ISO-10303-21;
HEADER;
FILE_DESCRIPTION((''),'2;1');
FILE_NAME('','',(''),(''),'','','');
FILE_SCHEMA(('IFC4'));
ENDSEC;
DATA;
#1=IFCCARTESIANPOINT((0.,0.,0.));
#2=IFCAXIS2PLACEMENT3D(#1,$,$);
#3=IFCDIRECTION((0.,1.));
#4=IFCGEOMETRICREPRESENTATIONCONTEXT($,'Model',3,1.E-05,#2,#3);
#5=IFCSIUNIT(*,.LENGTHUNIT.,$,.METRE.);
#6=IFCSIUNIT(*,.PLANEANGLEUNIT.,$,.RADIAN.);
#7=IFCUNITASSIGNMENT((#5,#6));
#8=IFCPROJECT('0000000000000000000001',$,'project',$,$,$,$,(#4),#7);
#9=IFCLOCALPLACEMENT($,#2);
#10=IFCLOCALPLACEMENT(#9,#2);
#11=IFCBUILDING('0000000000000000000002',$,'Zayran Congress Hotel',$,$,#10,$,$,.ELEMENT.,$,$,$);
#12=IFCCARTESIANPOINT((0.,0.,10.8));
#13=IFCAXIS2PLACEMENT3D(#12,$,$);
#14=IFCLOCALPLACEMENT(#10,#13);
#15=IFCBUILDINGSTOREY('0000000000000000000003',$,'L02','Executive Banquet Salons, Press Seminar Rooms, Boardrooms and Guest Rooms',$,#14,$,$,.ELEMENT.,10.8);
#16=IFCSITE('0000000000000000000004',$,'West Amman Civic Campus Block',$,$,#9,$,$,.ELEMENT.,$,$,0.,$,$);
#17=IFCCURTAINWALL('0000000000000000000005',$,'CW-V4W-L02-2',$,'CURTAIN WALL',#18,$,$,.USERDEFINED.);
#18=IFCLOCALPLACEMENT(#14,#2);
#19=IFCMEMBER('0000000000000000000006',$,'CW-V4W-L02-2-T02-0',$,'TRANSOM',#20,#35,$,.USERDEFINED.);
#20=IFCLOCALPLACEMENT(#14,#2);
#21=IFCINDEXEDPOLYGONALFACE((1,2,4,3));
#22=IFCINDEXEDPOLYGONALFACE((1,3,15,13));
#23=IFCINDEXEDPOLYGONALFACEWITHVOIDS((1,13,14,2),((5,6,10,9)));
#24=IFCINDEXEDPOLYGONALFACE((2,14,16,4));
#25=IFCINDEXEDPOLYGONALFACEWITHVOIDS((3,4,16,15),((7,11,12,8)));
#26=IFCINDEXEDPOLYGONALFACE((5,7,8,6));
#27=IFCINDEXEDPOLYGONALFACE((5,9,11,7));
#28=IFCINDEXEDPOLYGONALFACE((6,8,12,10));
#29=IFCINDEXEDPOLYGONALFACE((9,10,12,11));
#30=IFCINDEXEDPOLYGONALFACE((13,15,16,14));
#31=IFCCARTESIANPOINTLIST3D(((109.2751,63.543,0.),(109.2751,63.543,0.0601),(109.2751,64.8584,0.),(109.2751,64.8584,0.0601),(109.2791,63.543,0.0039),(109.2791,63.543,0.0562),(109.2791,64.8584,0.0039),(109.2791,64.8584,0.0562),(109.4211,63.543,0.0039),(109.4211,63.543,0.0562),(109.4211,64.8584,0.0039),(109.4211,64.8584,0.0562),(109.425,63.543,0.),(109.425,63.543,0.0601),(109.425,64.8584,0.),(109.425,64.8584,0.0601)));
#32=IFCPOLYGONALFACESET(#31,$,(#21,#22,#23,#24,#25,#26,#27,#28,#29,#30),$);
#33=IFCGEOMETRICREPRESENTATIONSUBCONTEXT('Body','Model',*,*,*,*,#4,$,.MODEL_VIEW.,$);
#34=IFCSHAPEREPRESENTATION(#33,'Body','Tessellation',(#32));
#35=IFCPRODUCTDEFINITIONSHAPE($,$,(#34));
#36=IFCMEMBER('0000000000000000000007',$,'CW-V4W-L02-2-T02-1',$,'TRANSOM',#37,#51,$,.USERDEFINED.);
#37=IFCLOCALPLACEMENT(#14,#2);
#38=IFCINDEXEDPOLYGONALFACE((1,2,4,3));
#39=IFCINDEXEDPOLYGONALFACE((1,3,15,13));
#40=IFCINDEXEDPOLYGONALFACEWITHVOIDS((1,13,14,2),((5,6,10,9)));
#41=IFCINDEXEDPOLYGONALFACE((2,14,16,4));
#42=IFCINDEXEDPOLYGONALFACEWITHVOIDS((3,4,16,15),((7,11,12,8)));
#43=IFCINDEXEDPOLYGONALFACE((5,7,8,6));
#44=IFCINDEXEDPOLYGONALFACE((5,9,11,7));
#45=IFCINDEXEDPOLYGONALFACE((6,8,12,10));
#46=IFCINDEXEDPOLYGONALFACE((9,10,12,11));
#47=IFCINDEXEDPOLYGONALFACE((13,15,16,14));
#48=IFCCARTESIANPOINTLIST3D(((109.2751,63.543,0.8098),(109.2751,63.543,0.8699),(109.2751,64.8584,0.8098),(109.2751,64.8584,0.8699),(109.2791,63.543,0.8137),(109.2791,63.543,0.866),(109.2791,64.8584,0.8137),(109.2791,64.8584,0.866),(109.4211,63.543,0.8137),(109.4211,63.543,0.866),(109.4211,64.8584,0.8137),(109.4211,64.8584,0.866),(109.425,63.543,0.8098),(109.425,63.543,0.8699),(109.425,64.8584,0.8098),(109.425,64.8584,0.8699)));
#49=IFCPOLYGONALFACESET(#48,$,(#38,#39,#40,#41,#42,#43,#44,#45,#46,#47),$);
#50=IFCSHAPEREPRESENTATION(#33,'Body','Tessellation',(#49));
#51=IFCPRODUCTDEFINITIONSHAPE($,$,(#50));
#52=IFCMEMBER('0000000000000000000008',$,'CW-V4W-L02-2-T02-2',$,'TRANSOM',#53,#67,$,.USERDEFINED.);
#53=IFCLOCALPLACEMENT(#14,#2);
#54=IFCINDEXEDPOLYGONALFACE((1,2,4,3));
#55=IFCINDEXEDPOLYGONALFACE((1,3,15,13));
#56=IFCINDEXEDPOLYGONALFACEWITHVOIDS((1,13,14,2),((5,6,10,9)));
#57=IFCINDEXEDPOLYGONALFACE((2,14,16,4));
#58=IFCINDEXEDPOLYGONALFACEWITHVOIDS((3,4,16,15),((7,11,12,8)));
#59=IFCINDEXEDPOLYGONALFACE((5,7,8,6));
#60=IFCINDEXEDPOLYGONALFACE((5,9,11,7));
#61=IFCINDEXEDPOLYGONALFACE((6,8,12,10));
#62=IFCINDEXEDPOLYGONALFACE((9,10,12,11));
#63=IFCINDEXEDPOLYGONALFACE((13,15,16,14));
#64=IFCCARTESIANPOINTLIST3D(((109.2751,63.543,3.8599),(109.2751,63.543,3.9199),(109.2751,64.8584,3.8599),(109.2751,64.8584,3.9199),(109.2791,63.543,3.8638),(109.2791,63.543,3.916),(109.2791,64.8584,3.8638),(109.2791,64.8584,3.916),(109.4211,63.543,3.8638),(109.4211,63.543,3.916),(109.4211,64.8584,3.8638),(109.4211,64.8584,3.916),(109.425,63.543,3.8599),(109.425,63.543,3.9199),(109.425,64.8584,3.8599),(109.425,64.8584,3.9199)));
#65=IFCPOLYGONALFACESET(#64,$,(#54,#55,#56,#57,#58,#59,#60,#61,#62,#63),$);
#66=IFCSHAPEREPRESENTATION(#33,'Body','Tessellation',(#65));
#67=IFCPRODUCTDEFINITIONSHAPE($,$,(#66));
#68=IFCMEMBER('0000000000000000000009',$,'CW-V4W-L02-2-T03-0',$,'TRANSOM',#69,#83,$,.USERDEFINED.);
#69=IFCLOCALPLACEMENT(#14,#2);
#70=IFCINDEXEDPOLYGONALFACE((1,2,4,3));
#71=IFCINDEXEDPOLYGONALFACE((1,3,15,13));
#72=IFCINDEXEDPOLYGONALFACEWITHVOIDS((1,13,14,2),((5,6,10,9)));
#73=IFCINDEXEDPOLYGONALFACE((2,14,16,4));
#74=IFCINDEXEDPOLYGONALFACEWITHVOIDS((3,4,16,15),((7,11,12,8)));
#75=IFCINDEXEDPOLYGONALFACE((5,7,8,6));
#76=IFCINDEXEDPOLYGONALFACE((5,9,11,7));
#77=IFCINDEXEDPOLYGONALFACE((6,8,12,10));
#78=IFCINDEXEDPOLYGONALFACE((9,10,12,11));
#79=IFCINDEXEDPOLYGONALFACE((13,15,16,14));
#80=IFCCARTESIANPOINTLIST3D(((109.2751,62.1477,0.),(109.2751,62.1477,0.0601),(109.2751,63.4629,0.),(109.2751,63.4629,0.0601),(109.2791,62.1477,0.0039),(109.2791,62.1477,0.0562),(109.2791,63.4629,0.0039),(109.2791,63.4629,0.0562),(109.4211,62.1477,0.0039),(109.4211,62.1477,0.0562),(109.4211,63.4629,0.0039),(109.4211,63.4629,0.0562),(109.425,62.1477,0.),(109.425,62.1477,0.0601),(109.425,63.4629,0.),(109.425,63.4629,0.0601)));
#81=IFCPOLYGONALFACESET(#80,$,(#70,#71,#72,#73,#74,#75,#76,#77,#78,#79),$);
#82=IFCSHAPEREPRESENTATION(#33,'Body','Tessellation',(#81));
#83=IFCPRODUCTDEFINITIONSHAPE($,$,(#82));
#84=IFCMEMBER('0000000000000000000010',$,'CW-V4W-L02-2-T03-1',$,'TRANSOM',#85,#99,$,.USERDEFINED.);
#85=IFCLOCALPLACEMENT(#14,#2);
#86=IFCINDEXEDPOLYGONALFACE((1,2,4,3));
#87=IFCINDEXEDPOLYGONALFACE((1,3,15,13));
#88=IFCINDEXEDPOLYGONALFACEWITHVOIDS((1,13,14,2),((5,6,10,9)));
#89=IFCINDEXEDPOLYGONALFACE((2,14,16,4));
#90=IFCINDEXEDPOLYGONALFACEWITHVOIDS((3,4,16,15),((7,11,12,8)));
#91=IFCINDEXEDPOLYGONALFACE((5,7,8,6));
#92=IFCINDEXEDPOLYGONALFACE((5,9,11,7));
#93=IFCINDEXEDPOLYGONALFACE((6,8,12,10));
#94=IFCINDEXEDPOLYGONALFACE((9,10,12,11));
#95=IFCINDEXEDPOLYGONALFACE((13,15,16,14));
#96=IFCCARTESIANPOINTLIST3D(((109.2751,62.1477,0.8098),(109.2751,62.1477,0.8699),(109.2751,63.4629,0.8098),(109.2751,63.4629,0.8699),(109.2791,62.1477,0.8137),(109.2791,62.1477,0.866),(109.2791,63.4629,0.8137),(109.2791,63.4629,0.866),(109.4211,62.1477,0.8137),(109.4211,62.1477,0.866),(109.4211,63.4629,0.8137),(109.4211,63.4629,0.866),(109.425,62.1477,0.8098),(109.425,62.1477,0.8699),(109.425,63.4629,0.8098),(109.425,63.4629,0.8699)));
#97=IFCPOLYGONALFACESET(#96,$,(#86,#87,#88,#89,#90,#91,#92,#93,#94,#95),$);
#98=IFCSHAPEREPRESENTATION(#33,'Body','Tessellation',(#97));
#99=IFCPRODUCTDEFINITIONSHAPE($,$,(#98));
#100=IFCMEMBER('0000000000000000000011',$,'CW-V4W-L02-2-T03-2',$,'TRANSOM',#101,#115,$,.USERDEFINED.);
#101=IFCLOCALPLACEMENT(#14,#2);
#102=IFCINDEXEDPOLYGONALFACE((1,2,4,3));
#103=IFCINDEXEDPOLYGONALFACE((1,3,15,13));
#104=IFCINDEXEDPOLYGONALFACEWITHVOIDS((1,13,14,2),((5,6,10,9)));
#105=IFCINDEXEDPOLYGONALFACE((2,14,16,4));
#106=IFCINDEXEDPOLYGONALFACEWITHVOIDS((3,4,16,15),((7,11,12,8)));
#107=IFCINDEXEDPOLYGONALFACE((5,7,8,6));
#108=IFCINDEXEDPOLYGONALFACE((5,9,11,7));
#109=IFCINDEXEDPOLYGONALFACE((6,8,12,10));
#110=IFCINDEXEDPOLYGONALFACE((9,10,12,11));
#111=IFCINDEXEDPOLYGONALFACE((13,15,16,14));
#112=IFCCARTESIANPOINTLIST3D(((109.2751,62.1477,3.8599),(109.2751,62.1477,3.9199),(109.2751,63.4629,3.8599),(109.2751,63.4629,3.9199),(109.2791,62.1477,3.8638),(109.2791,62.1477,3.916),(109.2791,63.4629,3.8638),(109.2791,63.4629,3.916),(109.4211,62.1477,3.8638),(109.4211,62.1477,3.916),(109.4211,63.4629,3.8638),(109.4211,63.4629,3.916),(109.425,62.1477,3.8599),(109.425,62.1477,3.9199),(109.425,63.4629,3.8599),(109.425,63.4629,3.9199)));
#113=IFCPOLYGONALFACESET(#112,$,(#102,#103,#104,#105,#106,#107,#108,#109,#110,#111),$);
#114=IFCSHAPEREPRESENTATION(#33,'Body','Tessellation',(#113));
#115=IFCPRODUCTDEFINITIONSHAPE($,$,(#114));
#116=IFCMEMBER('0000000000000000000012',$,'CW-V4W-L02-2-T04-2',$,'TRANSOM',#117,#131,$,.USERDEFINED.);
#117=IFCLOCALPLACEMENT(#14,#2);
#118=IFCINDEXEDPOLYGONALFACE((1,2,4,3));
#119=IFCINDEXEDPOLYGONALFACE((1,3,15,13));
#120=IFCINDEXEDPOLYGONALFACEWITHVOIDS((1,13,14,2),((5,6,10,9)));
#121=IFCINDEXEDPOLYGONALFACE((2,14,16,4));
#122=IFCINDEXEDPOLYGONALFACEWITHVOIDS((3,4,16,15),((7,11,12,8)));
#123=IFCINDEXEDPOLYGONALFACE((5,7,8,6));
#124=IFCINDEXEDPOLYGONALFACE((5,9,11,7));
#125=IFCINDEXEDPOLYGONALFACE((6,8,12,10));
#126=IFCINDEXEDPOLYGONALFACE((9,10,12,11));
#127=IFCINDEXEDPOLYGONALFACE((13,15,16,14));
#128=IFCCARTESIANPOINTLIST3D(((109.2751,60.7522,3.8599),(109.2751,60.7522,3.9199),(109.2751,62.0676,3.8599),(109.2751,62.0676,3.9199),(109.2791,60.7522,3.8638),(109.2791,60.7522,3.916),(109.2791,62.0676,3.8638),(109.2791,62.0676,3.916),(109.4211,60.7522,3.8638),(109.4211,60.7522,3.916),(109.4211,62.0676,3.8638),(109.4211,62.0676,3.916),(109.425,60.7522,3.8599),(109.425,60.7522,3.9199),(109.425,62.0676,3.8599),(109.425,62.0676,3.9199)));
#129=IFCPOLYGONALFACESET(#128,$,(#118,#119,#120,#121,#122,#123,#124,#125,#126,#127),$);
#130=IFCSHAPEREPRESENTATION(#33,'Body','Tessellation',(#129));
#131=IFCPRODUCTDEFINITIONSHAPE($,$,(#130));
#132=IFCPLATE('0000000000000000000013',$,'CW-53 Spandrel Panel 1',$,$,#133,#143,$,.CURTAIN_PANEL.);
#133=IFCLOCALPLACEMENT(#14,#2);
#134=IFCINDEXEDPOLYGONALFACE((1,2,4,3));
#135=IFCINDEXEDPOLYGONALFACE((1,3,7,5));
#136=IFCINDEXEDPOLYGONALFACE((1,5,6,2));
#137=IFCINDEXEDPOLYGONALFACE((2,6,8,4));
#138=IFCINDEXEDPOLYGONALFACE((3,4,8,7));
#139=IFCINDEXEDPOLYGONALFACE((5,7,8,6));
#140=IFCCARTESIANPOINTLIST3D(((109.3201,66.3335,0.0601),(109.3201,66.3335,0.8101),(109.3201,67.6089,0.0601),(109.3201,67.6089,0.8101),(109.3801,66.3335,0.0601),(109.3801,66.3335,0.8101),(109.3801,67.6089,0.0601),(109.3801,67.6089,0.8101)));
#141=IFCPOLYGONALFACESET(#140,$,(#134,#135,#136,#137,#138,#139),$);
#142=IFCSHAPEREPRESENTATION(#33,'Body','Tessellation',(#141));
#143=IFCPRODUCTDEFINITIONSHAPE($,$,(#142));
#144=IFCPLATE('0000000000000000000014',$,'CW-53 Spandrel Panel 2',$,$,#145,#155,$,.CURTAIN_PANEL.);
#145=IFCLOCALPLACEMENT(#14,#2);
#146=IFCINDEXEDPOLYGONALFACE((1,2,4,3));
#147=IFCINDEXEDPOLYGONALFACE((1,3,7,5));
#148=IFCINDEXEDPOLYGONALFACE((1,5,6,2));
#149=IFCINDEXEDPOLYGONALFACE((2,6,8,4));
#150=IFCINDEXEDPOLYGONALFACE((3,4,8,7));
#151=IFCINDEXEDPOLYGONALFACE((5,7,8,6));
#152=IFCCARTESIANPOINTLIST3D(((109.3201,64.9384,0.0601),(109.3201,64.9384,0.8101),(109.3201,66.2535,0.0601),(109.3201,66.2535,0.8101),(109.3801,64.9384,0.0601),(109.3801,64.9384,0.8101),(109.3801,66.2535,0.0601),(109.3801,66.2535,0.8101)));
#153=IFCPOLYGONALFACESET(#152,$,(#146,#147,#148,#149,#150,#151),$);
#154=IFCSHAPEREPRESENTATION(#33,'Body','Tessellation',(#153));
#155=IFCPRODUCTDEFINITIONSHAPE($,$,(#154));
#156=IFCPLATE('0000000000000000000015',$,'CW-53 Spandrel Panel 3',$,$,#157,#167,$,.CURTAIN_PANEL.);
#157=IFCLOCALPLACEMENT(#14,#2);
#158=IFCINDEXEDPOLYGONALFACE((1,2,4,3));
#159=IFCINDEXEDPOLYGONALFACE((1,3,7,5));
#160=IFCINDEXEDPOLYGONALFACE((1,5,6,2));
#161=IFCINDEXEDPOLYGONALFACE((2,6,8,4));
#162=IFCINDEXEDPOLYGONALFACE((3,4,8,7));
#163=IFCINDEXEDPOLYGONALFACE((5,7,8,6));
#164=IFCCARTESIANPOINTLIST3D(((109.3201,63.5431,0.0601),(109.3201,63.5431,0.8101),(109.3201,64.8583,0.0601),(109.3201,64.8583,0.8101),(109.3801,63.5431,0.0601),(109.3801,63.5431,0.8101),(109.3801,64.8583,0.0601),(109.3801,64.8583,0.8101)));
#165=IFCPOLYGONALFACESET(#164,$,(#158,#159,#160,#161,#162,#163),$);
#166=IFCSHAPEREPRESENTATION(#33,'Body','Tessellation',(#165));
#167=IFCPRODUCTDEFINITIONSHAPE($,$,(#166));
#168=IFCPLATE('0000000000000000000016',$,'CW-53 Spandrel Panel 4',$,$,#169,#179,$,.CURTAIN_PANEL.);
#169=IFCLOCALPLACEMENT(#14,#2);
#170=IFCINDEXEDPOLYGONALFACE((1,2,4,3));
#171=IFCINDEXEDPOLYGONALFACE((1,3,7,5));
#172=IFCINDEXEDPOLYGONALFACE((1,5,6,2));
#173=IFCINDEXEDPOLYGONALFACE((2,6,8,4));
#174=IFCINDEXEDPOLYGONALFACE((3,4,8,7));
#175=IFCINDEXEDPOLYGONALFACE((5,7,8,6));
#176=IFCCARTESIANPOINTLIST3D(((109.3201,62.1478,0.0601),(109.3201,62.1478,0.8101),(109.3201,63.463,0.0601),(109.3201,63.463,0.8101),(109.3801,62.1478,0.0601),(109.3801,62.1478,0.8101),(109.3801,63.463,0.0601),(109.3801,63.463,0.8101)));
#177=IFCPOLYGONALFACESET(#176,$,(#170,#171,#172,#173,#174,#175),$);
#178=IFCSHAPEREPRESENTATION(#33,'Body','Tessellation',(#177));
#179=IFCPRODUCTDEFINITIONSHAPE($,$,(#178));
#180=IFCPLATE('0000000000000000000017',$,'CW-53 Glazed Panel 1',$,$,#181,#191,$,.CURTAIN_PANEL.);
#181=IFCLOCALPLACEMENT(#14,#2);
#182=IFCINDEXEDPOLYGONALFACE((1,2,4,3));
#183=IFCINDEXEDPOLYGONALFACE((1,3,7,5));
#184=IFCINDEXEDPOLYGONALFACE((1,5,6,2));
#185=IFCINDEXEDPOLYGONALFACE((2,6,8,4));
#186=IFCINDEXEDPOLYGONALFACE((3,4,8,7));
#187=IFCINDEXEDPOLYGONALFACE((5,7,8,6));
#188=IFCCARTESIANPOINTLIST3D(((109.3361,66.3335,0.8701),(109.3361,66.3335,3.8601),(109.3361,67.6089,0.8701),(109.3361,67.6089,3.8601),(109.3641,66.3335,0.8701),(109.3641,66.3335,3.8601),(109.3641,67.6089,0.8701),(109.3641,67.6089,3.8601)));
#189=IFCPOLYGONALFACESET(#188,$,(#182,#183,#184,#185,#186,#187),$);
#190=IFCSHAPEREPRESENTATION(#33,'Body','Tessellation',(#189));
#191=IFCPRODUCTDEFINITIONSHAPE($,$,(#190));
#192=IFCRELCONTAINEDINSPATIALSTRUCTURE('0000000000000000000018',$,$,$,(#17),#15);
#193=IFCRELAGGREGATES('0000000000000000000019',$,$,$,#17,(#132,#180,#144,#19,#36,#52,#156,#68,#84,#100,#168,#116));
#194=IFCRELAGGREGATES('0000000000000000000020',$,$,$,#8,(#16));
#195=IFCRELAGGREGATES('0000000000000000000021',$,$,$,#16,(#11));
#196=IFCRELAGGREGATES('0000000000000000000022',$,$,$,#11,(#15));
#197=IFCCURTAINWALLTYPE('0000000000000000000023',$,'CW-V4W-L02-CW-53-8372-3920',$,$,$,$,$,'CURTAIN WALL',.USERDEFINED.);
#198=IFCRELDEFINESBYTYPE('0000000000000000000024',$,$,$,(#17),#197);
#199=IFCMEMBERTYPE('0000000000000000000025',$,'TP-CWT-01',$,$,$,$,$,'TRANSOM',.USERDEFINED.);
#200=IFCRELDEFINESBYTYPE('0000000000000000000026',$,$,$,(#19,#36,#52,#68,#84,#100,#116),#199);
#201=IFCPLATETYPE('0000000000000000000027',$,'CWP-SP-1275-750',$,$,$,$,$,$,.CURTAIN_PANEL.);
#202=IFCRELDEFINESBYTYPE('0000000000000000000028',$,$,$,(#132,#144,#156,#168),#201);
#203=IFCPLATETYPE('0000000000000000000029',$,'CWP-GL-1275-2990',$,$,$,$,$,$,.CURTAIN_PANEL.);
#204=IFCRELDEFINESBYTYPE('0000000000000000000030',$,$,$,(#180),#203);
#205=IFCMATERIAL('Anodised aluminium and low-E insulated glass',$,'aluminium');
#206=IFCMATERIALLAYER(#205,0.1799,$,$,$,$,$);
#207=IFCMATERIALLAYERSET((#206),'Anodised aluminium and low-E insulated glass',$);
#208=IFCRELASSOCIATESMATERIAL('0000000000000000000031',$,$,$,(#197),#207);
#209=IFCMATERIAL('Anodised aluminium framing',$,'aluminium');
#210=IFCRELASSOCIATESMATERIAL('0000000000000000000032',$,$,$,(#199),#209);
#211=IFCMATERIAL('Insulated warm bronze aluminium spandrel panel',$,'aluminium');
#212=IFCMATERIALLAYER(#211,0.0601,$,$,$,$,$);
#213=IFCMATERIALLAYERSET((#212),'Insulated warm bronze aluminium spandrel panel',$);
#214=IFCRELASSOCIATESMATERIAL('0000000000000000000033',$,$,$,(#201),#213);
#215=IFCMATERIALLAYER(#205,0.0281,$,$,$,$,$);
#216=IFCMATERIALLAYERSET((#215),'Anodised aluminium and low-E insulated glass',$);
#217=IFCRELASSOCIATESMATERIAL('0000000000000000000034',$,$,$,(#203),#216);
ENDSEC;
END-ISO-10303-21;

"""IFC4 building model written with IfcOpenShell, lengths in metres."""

from ifc_helpers import new_model, si_unit, direction, frame, origin, origin_2d, place, context, subcontext, project, spatial, rectangle, hollow_rectangle, extrude, material, layer, layer_set, material_profile, profile_set, type_object, element, aggregate, save


model = new_model("IFC4")

# Units and contexts
model_context = context("Model", 3, precision=1e-05, world=origin(), true_north=direction((0.0, 1.0)))
body_context = subcontext(model_context, "Body", "Model", "MODEL_VIEW")
ifc_project = project(units=[si_unit("LENGTHUNIT", "METRE"), si_unit("PLANEANGLEUNIT", "RADIAN")], contexts=[model_context])

# Site, building, storey
site_placement = place(None, origin())
site = spatial("IfcSite", under=ifc_project, at=site_placement, Name="West Amman Civic Campus Block", CompositionType="ELEMENT", RefElevation=0.0)
building_placement = place(site_placement, origin())
building = spatial("IfcBuilding", under=site, at=building_placement, Name="Zayran Congress Hotel", CompositionType="ELEMENT")
storey_placement = place(building_placement, frame((0.0, 0.0, 10.8)))
storey = spatial("IfcBuildingStorey", under=building, at=storey_placement, Name="L02", Description="Executive Banquet Salons, Press Seminar Rooms, Boardrooms and Guest Rooms", CompositionType="ELEMENT", Elevation=10.8)

# Curtain wall, members, plates
ifc_material_1 = material(Name="Anodised aluminium and low-E insulated glass", Category="aluminium")
ifc_layer_1 = layer(ifc_material_1, 0.1799)
ifc_layer_set_1 = layer_set([ifc_layer_1], Name="Anodised aluminium and low-E insulated glass")
curtain_wall_type = type_object("IfcCurtainWallType", Name="CW-V4W-L02-CW-53-8372-3920", ElementType="CURTAIN WALL", PredefinedType="USERDEFINED", material=ifc_layer_set_1)
curtain_wall_placement = place(storey_placement, origin())
curtain_wall = element("IfcCurtainWall", 1, at=curtain_wall_placement, inside=storey, type_object=curtain_wall_type, Name="CW-V4W-L02-2", ObjectType="CURTAIN WALL", PredefinedType="USERDEFINED")
ifc_material_2 = material(Name="Anodised aluminium framing", Category="aluminium")
ifc_material_profile_1 = material_profile(ifc_material_2, hollow_rectangle(XDim=0.0601, YDim=0.1499, WallThickness=0.0039, at=origin_2d()), Name="RHS 150x60x4")
ifc_profile_set_1 = profile_set([ifc_material_profile_1], Name="Anodised aluminium framing")
member_type_1 = type_object("IfcMemberType", Name="TP-CWT-01", ElementType="TRANSOM", PredefinedType="USERDEFINED", material=ifc_profile_set_1)
member_1_placement = place(storey_placement, frame((109.3501, 64.8584, 0.03), z_axis=(0.0, -1.0, 0.0), x_axis=(0.0, 0.0, 1.0)))
member_1 = element("IfcMember", 2, at=member_1_placement, type_object=member_type_1, Name="CW-V4W-L02-2-T02-0", ObjectType="TRANSOM", PredefinedType="USERDEFINED", context=body_context, shape_type="SweptSolid", body=[
    extrude(hollow_rectangle(XDim=0.0601, YDim=0.1499, WallThickness=0.0039, at=origin_2d()), origin(), (0.0, 0.0, 1.0), 1.3154),
])
member_2_placement = place(storey_placement, frame((109.3501, 64.8584, 0.8398), z_axis=(0.0, -1.0, 0.0), x_axis=(0.0, 0.0, 1.0)))
member_2 = element("IfcMember", 3, at=member_2_placement, type_object=member_type_1, Name="CW-V4W-L02-2-T02-1", ObjectType="TRANSOM", PredefinedType="USERDEFINED", context=body_context, shape_type="SweptSolid", body=[
    extrude(hollow_rectangle(XDim=0.0601, YDim=0.1499, WallThickness=0.0039, at=origin_2d()), origin(), (0.0, 0.0, 1.0), 1.3154),
])
member_3_placement = place(storey_placement, frame((109.3501, 64.8584, 3.8899), z_axis=(0.0, -1.0, 0.0), x_axis=(0.0, 0.0, 1.0)))
member_3 = element("IfcMember", 4, at=member_3_placement, type_object=member_type_1, Name="CW-V4W-L02-2-T02-2", ObjectType="TRANSOM", PredefinedType="USERDEFINED", context=body_context, shape_type="SweptSolid", body=[
    extrude(hollow_rectangle(XDim=0.0601, YDim=0.1499, WallThickness=0.0039, at=origin_2d()), origin(), (0.0, 0.0, 1.0), 1.3154),
])
member_4_placement = place(storey_placement, frame((109.3501, 63.4629, 0.03), z_axis=(0.0, -1.0, 0.0), x_axis=(0.0, 0.0, 1.0)))
member_4 = element("IfcMember", 5, at=member_4_placement, type_object=member_type_1, Name="CW-V4W-L02-2-T03-0", ObjectType="TRANSOM", PredefinedType="USERDEFINED", context=body_context, shape_type="SweptSolid", body=[
    extrude(hollow_rectangle(XDim=0.0601, YDim=0.1499, WallThickness=0.0039, at=origin_2d()), origin(), (0.0, 0.0, 1.0), 1.3152),
])
member_5_placement = place(storey_placement, frame((109.3501, 63.4629, 0.8398), z_axis=(0.0, -1.0, 0.0), x_axis=(0.0, 0.0, 1.0)))
member_5 = element("IfcMember", 6, at=member_5_placement, type_object=member_type_1, Name="CW-V4W-L02-2-T03-1", ObjectType="TRANSOM", PredefinedType="USERDEFINED", context=body_context, shape_type="SweptSolid", body=[
    extrude(hollow_rectangle(XDim=0.0601, YDim=0.1499, WallThickness=0.0039, at=origin_2d()), origin(), (0.0, 0.0, 1.0), 1.3152),
])
member_6_placement = place(storey_placement, frame((109.3501, 63.4629, 3.8899), z_axis=(0.0, -1.0, 0.0), x_axis=(0.0, 0.0, 1.0)))
member_6 = element("IfcMember", 7, at=member_6_placement, type_object=member_type_1, Name="CW-V4W-L02-2-T03-2", ObjectType="TRANSOM", PredefinedType="USERDEFINED", context=body_context, shape_type="SweptSolid", body=[
    extrude(hollow_rectangle(XDim=0.0601, YDim=0.1499, WallThickness=0.0039, at=origin_2d()), origin(), (0.0, 0.0, 1.0), 1.3152),
])
member_7_placement = place(storey_placement, frame((109.3501, 62.0676, 3.8899), z_axis=(0.0, -1.0, 0.0), x_axis=(0.0, 0.0, 1.0)))
member_7 = element("IfcMember", 8, at=member_7_placement, type_object=member_type_1, Name="CW-V4W-L02-2-T04-2", ObjectType="TRANSOM", PredefinedType="USERDEFINED", context=body_context, shape_type="SweptSolid", body=[
    extrude(hollow_rectangle(XDim=0.0601, YDim=0.1499, WallThickness=0.0039, at=origin_2d()), origin(), (0.0, 0.0, 1.0), 1.3154),
])
ifc_material_3 = material(Name="Insulated warm bronze aluminium spandrel panel", Category="aluminium")
ifc_layer_2 = layer(ifc_material_3, 0.0601)
ifc_layer_set_2 = layer_set([ifc_layer_2], Name="Insulated warm bronze aluminium spandrel panel")
plate_type_1 = type_object("IfcPlateType", Name="CWP-SP-1275-750", PredefinedType="CURTAIN_PANEL", material=ifc_layer_set_2)
plate_1_placement = place(storey_placement, frame((109.3501, 66.9712, 0.0601), z_axis=(0.0, 0.0, 1.0), x_axis=(0.0, 1.0, 0.0)))
plate_1 = element("IfcPlate", 9, at=plate_1_placement, type_object=plate_type_1, Name="CW-53 Spandrel Panel 1", PredefinedType="CURTAIN_PANEL", context=body_context, shape_type="SweptSolid", body=[
    extrude(rectangle(XDim=1.2754, YDim=0.0601, at=origin_2d()), origin(), (0.0, 0.0, 1.0), 0.75),
])
plate_2_placement = place(storey_placement, frame((109.3501, 65.5959, 0.0601), z_axis=(0.0, 0.0, 1.0), x_axis=(0.0, 1.0, 0.0)))
plate_2 = element("IfcPlate", 10, at=plate_2_placement, type_object=plate_type_1, Name="CW-53 Spandrel Panel 2", PredefinedType="CURTAIN_PANEL", context=body_context, shape_type="SweptSolid", body=[
    extrude(rectangle(XDim=1.3152, YDim=0.0601, at=origin_2d()), origin(), (0.0, 0.0, 1.0), 0.75),
])
plate_3_placement = place(storey_placement, frame((109.3501, 64.2007, 0.0601), z_axis=(0.0, 0.0, 1.0), x_axis=(0.0, 1.0, 0.0)))
plate_3 = element("IfcPlate", 11, at=plate_3_placement, type_object=plate_type_1, Name="CW-53 Spandrel Panel 3", PredefinedType="CURTAIN_PANEL", context=body_context, shape_type="SweptSolid", body=[
    extrude(rectangle(XDim=1.3152, YDim=0.0601, at=origin_2d()), origin(), (0.0, 0.0, 1.0), 0.75),
])
plate_4_placement = place(storey_placement, frame((109.3501, 62.8054, 0.0601), z_axis=(0.0, 0.0, 1.0), x_axis=(0.0, 1.0, 0.0)))
plate_4 = element("IfcPlate", 12, at=plate_4_placement, type_object=plate_type_1, Name="CW-53 Spandrel Panel 4", PredefinedType="CURTAIN_PANEL", context=body_context, shape_type="SweptSolid", body=[
    extrude(rectangle(XDim=1.3152, YDim=0.0601, at=origin_2d()), origin(), (0.0, 0.0, 1.0), 0.75),
])
ifc_layer_3 = layer(ifc_material_1, 0.0281)
ifc_layer_set_3 = layer_set([ifc_layer_3], Name="Anodised aluminium and low-E insulated glass")
plate_type_2 = type_object("IfcPlateType", Name="CWP-GL-1275-2990", PredefinedType="CURTAIN_PANEL", material=ifc_layer_set_3)
plate_5_placement = place(storey_placement, frame((109.3501, 66.9712, 0.8701), z_axis=(0.0, 0.0, 1.0), x_axis=(0.0, 1.0, 0.0)))
plate_5 = element("IfcPlate", 13, at=plate_5_placement, type_object=plate_type_2, Name="CW-53 Glazed Panel 1", PredefinedType="CURTAIN_PANEL", context=body_context, shape_type="SweptSolid", body=[
    extrude(rectangle(XDim=1.2754, YDim=0.0281, at=origin_2d()), origin(), (0.0, 0.0, 1.0), 2.99),
])
aggregate(curtain_wall, [plate_1, plate_5, plate_2, member_1, member_2, member_3, plate_3, member_4, member_5, member_6, plate_4, member_7])

save(model, "model.ifc")
